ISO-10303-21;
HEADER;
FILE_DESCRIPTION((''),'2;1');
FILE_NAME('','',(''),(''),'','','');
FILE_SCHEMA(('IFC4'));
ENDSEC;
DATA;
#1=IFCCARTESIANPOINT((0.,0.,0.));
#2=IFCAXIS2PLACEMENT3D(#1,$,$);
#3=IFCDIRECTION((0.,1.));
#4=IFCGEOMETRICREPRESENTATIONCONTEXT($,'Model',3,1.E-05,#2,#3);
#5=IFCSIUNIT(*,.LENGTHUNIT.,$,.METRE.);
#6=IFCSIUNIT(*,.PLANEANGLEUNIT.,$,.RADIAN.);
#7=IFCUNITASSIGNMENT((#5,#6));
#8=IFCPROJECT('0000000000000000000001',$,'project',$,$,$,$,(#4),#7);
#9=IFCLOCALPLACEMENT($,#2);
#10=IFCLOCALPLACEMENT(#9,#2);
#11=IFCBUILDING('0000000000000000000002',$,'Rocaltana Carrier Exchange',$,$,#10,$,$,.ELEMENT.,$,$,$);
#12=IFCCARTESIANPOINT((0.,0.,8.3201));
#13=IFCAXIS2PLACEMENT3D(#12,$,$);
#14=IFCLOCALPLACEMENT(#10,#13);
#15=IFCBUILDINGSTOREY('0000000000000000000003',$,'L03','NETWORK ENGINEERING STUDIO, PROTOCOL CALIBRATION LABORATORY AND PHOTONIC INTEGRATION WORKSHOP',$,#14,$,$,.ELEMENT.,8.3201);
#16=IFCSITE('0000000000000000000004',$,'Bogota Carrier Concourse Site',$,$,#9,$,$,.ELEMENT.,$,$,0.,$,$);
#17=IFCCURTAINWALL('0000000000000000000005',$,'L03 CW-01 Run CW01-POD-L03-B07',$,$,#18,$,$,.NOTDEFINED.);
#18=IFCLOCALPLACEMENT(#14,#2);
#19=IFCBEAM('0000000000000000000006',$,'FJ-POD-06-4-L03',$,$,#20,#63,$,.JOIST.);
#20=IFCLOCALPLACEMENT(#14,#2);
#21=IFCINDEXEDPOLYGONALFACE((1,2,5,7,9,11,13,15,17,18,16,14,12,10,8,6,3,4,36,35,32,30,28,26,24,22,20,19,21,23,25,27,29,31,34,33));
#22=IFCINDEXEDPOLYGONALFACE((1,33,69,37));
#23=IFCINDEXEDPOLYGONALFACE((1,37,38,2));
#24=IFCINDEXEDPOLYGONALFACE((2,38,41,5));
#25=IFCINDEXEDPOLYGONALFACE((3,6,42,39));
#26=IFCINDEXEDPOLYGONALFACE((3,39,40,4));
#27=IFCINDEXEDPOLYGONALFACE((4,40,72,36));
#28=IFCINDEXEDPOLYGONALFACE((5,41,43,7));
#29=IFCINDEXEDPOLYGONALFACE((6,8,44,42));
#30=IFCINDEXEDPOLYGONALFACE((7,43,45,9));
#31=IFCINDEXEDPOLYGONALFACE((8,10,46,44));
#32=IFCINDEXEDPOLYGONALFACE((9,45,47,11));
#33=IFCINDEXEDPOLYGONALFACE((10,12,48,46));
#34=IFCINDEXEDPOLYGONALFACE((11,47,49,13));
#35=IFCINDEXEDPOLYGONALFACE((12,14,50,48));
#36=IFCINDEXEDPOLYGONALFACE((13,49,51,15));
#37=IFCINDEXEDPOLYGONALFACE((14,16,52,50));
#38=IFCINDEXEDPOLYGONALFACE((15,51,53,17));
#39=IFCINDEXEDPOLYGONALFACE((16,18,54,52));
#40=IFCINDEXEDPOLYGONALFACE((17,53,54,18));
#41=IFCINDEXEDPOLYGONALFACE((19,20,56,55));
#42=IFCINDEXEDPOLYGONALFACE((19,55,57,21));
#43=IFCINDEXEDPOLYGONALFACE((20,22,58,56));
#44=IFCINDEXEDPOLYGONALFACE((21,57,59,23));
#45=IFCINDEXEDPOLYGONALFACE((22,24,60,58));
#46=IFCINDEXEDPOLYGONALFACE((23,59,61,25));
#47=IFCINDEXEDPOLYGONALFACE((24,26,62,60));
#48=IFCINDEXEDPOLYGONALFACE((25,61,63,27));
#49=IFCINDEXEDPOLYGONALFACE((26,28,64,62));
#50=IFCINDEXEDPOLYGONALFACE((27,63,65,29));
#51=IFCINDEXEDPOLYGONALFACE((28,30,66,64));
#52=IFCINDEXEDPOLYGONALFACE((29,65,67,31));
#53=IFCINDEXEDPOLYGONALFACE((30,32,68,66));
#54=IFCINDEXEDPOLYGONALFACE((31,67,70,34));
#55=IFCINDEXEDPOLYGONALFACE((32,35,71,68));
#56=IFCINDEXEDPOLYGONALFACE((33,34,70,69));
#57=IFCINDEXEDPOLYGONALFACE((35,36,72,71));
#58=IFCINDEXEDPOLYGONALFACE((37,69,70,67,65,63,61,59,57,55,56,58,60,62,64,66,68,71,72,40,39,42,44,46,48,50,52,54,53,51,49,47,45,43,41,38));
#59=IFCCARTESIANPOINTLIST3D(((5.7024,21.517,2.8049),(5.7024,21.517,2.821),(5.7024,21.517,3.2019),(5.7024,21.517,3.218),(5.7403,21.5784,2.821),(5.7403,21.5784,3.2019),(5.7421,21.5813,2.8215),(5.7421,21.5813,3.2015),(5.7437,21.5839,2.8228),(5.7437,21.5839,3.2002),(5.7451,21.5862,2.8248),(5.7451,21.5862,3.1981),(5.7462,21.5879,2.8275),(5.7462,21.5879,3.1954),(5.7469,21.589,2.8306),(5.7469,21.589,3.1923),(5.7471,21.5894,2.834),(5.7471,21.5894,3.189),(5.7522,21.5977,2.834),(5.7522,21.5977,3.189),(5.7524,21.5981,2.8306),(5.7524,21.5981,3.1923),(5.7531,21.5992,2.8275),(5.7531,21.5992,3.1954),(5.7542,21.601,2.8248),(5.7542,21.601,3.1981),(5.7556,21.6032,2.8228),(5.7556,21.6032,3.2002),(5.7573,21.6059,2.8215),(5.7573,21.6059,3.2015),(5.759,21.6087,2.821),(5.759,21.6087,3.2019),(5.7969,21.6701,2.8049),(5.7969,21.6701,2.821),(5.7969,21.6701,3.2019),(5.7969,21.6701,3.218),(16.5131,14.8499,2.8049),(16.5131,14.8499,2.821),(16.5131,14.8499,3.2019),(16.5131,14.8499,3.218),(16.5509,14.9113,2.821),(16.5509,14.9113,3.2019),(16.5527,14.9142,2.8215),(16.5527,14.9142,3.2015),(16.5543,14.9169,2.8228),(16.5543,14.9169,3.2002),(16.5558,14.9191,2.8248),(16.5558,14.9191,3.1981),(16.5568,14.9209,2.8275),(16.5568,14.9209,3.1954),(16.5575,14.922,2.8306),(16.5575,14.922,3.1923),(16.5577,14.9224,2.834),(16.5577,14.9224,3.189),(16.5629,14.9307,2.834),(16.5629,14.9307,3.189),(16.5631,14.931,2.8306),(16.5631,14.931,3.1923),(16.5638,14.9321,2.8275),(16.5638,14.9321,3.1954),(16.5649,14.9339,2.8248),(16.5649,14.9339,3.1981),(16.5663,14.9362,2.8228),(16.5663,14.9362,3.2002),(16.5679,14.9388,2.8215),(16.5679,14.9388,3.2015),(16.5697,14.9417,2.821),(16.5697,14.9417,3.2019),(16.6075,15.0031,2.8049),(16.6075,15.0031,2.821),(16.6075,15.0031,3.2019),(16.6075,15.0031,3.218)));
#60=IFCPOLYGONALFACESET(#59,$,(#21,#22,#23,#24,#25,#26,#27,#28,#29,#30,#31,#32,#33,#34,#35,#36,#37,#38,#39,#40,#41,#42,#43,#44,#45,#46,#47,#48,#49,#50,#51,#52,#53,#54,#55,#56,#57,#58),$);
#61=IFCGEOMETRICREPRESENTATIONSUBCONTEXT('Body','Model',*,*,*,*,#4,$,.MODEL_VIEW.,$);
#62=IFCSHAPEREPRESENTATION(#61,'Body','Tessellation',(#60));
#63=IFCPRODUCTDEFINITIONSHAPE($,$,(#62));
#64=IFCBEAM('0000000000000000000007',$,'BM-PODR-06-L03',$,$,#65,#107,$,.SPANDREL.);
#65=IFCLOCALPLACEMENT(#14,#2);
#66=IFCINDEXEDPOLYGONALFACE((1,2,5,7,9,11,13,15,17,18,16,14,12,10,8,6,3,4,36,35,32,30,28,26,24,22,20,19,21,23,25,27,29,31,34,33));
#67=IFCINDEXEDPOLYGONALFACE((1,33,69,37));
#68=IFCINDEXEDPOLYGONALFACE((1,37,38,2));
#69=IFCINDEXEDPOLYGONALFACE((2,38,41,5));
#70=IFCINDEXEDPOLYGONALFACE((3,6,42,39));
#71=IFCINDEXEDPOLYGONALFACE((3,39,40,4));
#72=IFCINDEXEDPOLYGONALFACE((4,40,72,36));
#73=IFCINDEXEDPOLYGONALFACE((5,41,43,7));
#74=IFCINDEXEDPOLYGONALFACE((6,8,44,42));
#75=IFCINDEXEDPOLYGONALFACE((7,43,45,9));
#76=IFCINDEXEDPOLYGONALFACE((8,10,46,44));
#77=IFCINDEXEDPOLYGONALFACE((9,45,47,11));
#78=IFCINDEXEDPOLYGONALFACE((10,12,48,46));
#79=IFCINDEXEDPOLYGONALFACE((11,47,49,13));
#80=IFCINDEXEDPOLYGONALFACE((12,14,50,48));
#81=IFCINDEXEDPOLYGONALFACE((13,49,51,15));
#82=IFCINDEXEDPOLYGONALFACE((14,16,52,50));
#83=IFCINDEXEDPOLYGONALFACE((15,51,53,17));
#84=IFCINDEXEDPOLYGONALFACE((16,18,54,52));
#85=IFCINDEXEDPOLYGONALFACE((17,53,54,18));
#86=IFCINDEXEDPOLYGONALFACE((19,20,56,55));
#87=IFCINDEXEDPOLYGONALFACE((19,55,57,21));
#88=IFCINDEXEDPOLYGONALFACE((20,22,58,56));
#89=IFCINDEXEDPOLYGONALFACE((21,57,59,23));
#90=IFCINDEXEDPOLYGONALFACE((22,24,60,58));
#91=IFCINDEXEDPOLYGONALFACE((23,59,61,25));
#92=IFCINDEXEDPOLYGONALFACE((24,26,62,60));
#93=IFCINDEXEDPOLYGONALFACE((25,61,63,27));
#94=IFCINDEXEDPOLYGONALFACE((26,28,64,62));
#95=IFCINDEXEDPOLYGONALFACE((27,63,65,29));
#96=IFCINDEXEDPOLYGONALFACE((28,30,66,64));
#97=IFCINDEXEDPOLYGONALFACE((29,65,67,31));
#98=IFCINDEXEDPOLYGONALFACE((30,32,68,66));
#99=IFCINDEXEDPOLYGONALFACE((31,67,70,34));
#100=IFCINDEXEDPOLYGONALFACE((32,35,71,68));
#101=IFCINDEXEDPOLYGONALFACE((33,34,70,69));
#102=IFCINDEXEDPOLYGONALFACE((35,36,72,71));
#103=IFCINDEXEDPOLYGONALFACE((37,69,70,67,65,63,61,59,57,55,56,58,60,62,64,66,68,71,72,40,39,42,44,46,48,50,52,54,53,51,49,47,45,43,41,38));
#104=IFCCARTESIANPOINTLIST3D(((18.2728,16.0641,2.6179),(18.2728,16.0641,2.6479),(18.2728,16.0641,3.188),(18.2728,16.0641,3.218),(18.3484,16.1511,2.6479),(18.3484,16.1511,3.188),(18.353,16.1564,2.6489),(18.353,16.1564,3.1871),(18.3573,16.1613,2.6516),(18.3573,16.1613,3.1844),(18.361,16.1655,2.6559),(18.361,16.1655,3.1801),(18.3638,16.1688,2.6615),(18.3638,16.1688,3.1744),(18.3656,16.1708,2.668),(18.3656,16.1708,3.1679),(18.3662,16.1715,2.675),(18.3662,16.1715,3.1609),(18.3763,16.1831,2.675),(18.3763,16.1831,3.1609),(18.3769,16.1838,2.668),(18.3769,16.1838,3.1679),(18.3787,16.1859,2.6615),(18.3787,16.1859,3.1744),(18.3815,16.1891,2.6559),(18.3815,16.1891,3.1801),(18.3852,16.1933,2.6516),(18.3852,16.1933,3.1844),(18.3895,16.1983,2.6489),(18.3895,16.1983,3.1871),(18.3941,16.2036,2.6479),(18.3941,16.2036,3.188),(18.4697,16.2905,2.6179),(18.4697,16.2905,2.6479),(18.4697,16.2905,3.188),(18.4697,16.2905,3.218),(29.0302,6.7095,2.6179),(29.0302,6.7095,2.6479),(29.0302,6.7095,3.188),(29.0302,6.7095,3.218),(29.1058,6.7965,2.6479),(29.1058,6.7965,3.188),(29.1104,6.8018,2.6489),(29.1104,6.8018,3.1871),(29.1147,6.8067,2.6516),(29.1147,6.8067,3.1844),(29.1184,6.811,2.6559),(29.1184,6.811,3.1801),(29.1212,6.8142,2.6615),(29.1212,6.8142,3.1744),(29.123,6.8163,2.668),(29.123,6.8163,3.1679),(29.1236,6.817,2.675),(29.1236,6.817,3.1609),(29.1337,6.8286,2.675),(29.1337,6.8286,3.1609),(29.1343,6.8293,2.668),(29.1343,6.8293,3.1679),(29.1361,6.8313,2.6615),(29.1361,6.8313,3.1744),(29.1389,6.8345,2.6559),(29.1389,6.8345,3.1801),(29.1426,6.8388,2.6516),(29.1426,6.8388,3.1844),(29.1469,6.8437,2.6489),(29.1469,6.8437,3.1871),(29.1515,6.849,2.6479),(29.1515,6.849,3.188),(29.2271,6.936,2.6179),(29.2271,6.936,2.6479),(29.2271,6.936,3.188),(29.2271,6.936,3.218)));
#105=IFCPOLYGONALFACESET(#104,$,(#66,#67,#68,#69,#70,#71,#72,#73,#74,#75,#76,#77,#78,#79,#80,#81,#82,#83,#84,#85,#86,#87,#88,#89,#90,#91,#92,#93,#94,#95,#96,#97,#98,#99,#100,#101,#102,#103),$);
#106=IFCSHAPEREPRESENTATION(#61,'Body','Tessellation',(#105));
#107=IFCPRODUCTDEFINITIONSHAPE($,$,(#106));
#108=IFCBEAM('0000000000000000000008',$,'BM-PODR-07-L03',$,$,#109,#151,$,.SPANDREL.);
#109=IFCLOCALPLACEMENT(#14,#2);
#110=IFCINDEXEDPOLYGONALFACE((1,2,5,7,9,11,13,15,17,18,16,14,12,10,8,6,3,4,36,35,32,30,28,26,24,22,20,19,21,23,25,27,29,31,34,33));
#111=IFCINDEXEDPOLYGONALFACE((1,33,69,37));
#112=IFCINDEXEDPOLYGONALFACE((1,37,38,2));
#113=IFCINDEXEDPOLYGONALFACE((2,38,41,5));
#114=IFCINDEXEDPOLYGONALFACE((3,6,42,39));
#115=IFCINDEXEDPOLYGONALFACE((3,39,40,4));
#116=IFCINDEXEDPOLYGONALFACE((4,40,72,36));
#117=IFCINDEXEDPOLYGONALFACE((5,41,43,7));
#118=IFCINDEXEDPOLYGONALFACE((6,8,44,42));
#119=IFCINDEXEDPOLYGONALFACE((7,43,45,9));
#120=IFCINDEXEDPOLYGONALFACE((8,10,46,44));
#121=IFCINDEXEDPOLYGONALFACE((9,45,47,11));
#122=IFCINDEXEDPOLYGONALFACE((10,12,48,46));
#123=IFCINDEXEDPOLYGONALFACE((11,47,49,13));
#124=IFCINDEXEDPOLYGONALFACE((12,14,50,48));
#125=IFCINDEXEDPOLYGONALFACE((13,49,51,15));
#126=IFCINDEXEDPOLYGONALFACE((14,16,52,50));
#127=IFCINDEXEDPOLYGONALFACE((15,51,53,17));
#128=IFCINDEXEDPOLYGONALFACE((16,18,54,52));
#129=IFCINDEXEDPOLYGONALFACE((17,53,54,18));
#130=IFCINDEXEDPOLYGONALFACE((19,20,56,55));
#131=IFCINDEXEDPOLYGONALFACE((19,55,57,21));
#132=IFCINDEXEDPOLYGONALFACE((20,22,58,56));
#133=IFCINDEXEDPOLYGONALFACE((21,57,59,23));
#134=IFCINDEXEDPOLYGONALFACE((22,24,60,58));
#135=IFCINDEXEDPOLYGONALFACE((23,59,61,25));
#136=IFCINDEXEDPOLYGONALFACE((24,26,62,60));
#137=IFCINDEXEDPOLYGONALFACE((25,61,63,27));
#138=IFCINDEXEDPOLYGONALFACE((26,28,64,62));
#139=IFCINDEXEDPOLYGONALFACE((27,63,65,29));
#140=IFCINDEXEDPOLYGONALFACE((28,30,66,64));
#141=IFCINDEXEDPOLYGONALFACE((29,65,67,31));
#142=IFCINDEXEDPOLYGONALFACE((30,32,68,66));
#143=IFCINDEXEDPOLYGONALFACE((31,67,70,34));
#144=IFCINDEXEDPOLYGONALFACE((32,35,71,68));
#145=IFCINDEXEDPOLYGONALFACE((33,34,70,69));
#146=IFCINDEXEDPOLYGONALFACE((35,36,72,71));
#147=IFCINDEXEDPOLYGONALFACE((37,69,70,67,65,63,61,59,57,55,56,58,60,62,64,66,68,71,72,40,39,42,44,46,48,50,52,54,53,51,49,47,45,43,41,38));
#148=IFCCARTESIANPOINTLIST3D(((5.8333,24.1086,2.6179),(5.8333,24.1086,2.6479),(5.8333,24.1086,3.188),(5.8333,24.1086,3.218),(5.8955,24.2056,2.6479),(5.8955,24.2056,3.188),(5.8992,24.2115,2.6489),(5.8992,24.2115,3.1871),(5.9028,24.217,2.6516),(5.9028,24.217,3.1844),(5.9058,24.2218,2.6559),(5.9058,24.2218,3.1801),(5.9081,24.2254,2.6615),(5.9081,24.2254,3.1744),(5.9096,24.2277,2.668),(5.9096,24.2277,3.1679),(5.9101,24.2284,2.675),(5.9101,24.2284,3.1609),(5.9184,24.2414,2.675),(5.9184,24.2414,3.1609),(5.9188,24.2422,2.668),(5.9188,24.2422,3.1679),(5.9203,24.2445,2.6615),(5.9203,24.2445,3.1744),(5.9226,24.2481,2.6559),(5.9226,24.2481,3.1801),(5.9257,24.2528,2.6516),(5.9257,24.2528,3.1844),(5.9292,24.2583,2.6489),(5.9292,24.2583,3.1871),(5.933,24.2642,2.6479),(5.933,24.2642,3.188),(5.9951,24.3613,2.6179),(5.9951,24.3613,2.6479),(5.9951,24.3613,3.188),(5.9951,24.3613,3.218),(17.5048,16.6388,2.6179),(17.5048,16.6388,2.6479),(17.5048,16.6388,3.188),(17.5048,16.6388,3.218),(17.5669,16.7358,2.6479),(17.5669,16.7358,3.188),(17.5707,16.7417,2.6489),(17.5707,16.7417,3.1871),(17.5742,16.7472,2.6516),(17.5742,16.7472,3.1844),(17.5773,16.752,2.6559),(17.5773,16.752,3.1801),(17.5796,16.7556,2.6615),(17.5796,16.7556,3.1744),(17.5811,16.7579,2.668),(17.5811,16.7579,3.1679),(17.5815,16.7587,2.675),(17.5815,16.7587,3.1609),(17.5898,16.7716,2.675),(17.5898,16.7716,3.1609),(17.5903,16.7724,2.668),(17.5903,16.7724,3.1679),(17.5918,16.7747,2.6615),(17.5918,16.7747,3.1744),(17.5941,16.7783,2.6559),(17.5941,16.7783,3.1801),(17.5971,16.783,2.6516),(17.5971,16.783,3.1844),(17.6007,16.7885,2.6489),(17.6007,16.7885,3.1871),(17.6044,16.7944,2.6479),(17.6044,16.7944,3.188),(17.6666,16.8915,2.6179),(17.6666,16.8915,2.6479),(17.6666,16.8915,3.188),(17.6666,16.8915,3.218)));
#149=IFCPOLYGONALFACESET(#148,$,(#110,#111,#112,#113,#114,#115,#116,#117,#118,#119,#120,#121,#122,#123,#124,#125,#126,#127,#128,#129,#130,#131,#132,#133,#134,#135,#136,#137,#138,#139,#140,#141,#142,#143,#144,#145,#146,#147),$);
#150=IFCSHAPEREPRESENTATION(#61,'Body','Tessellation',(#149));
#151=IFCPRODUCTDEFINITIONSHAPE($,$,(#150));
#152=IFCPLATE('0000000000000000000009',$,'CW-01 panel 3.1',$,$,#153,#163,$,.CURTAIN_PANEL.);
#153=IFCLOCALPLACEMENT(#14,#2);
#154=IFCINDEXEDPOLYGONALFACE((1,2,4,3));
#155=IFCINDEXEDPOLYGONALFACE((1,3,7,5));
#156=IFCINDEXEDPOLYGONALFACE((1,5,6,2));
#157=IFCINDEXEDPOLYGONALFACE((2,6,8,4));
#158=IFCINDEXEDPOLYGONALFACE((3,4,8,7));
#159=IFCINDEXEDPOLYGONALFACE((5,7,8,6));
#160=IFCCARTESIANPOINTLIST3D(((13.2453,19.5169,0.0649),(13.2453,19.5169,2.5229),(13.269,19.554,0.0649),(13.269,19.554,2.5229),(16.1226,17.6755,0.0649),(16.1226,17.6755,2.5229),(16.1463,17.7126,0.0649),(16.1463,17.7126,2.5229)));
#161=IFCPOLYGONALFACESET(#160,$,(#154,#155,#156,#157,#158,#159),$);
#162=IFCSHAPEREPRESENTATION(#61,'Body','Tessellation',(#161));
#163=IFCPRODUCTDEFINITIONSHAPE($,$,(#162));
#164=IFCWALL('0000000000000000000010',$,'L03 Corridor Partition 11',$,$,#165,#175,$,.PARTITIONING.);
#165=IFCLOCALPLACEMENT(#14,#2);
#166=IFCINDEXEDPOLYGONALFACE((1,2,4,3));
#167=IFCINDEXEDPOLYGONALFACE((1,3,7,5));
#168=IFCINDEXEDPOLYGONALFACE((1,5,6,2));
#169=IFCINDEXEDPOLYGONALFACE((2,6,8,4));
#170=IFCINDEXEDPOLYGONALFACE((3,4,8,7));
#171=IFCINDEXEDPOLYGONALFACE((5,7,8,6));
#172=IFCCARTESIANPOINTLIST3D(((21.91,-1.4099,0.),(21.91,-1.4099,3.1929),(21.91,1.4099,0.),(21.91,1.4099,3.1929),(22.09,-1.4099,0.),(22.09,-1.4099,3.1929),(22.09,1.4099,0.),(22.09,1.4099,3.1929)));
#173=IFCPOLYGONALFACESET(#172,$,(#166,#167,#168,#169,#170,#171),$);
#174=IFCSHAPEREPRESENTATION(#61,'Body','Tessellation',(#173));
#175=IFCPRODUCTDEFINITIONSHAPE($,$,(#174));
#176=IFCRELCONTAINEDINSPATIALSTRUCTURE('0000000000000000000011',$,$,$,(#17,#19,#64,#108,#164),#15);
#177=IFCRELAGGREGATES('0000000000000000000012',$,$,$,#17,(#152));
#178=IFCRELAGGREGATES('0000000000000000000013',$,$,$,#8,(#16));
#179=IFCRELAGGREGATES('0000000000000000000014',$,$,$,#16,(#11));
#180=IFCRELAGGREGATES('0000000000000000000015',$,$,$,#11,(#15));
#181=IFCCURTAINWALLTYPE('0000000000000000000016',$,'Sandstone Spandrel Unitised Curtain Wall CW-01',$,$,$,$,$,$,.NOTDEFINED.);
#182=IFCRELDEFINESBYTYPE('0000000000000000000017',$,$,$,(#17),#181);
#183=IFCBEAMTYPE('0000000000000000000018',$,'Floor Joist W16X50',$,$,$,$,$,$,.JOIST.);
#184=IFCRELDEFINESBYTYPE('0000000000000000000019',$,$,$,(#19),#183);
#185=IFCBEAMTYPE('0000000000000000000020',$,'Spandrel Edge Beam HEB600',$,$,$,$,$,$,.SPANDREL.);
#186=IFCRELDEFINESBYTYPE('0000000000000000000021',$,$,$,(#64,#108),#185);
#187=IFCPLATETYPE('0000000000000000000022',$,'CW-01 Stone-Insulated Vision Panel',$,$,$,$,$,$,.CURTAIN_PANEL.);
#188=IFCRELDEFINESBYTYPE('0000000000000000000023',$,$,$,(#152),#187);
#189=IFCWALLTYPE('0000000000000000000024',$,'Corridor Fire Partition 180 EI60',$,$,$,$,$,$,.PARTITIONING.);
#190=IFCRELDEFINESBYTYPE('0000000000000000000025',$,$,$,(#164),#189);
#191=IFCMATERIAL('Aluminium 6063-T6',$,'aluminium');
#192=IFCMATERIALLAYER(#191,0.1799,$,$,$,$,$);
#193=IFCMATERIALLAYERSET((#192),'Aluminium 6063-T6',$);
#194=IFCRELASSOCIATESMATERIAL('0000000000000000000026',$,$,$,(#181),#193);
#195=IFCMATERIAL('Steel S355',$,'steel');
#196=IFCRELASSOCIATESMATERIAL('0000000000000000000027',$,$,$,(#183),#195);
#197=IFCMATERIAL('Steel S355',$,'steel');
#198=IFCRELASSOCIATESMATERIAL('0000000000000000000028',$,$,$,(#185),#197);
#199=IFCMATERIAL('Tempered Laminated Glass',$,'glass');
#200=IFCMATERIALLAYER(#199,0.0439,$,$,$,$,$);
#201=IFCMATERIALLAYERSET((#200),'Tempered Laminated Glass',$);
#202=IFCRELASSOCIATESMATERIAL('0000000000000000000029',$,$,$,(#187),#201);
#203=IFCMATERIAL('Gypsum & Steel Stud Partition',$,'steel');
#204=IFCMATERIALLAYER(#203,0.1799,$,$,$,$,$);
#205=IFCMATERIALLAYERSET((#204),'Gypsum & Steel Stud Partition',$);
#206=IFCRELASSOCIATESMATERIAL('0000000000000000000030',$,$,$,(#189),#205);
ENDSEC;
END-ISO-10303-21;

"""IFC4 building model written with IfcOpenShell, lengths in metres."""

from ifc_helpers import new_model, si_unit, direction, frame, frame_2d, origin, origin_2d, place, context, subcontext, project, spatial, rectangle, i_section, extrude, material, layer, layer_set, material_profile, profile_set, type_object, element, aggregate, save


model = new_model("IFC4")

# Units and contexts
model_context = context("Model", 3, precision=1e-05, world=origin(), true_north=direction((0.0, 1.0)))
body_context = subcontext(model_context, "Body", "Model", "MODEL_VIEW")
ifc_project = project(units=[si_unit("LENGTHUNIT", "METRE"), si_unit("PLANEANGLEUNIT", "RADIAN")], contexts=[model_context])

# Site, building, storey
site_placement = place(None, origin())
site = spatial("IfcSite", under=ifc_project, at=site_placement, Name="Bogota Carrier Concourse Site", CompositionType="ELEMENT", RefElevation=0.0)
building_placement = place(site_placement, origin())
building = spatial("IfcBuilding", under=site, at=building_placement, Name="Rocaltana Carrier Exchange", CompositionType="ELEMENT")
storey_placement = place(building_placement, frame((0.0, 0.0, 8.3201)))
storey = spatial("IfcBuildingStorey", under=building, at=storey_placement, Name="L03", Description="NETWORK ENGINEERING STUDIO, PROTOCOL CALIBRATION LABORATORY AND PHOTONIC INTEGRATION WORKSHOP", CompositionType="ELEMENT", Elevation=8.3201)

# Curtain wall
ifc_material_1 = material(Name="Aluminium 6063-T6", Category="aluminium")
ifc_layer_1 = layer(ifc_material_1, 0.1799)
ifc_layer_set_1 = layer_set([ifc_layer_1], Name="Aluminium 6063-T6")
curtain_wall_type = type_object("IfcCurtainWallType", Name="Sandstone Spandrel Unitised Curtain Wall CW-01", PredefinedType="NOTDEFINED", material=ifc_layer_set_1)
curtain_wall_placement = place(storey_placement, origin())
curtain_wall = element("IfcCurtainWall", 1, at=curtain_wall_placement, inside=storey, type_object=curtain_wall_type, Name="L03 CW-01 Run CW01-POD-L03-B07", PredefinedType="NOTDEFINED")

# Beams
ifc_material_2 = material(Name="Steel S355", Category="steel")
ifc_material_profile_1 = material_profile(ifc_material_2, i_section(OverallWidth=0.1799, OverallDepth=0.4131, WebThickness=0.0098, FlangeThickness=0.0161, FilletRadius=0.0129, at=origin_2d()), Name="W16X50")
ifc_profile_set_1 = profile_set([ifc_material_profile_1], Name="Steel S355")
beam_type_1 = type_object("IfcBeamType", Name="Floor Joist W16X50", PredefinedType="JOIST", material=ifc_profile_set_1)
beam_1_placement = place(storey_placement, frame((16.5603, 14.9265, 3.0115), z_axis=(-0.851154, 0.524917, 0.0), x_axis=(-0.524917, -0.851154, 0.0)))
element("IfcBeam", 2, at=beam_1_placement, inside=storey, type_object=beam_type_1, Name="FJ-POD-06-4-L03", PredefinedType="JOIST", context=body_context, shape_type="SweptSolid", body=[
    extrude(i_section(OverallWidth=0.1799, OverallDepth=0.4131, WebThickness=0.0098, FlangeThickness=0.0161, FilletRadius=0.0129, at=origin_2d()), origin(), (0.0, 0.0, 1.0), 12.7012),
])
ifc_material_3 = material(Name="Steel S355", Category="steel")
ifc_material_profile_2 = material_profile(ifc_material_3, i_section(OverallWidth=0.3, OverallDepth=0.6001, WebThickness=0.0154, FlangeThickness=0.03, FilletRadius=0.0271, at=origin_2d()), Name="HEB600")
ifc_profile_set_2 = profile_set([ifc_material_profile_2], Name="Steel S355")
beam_type_2 = type_object("IfcBeamType", Name="Spandrel Edge Beam HEB600", PredefinedType="SPANDREL", material=ifc_profile_set_2)
beam_2_placement = place(storey_placement, frame((29.1287, 6.8228, 2.918), z_axis=(-0.754595, 0.656191, 0.0), x_axis=(-0.656191, -0.754595, 0.0)))
element("IfcBeam", 3, at=beam_2_placement, inside=storey, type_object=beam_type_2, Name="BM-PODR-06-L03", PredefinedType="SPANDREL", context=body_context, shape_type="SweptSolid", body=[
    extrude(i_section(OverallWidth=0.3, OverallDepth=0.6001, WebThickness=0.0154, FlangeThickness=0.03, FilletRadius=0.0271, at=origin_2d()), origin(), (0.0, 0.0, 1.0), 14.2559),
])
beam_3_placement = place(storey_placement, frame((17.5857, 16.7651, 2.918), z_axis=(-0.84227, 0.539056, 0.0), x_axis=(-0.539056, -0.84227, 0.0)))
element("IfcBeam", 4, at=beam_3_placement, inside=storey, type_object=beam_type_2, Name="BM-PODR-07-L03", PredefinedType="SPANDREL", context=body_context, shape_type="SweptSolid", body=[
    extrude(i_section(OverallWidth=0.3, OverallDepth=0.6001, WebThickness=0.0154, FlangeThickness=0.03, FilletRadius=0.0271, at=origin_2d()), origin(), (0.0, 0.0, 1.0), 13.8572),
])

# Plate
ifc_material_4 = material(Name="Tempered Laminated Glass", Category="glass")
ifc_layer_2 = layer(ifc_material_4, 0.0439)
ifc_layer_set_2 = layer_set([ifc_layer_2], Name="Tempered Laminated Glass")
plate_type = type_object("IfcPlateType", Name="CW-01 Stone-Insulated Vision Panel", PredefinedType="CURTAIN_PANEL", material=ifc_layer_set_2)
plate_placement = place(storey_placement, frame((14.6958, 18.6147, 0.0649), z_axis=(0.0, 0.0, 1.0), x_axis=(0.842273, -0.53905, 0.0)))
plate = element("IfcPlate", 5, at=plate_placement, type_object=plate_type, Name="CW-01 panel 3.1", PredefinedType="CURTAIN_PANEL", context=body_context, shape_type="SweptSolid", body=[
    extrude(rectangle(XDim=3.416, YDim=0.0439, at=origin_2d()), origin(), (0.0, 0.0, 1.0), 2.458),
])
aggregate(curtain_wall, [plate])

# Wall
ifc_material_5 = material(Name="Gypsum & Steel Stud Partition", Category="steel")
ifc_layer_3 = layer(ifc_material_5, 0.1799)
ifc_layer_set_3 = layer_set([ifc_layer_3], Name="Gypsum & Steel Stud Partition")
wall_type_1 = type_object("IfcWallType", Name="Corridor Fire Partition 180 EI60", PredefinedType="PARTITIONING", material=ifc_layer_set_3)
wall_1_placement = place(storey_placement, frame((22.0, 1.4099, 0.0), z_axis=(0.0, 0.0, 1.0), x_axis=(0.0, -1.0, 0.0)))
element("IfcWall", 6, at=wall_1_placement, inside=storey, type_object=wall_type_1, Name="L03 Corridor Partition 11", PredefinedType="PARTITIONING", context=body_context, shape_type="SweptSolid", body=[
    extrude(rectangle(XDim=2.8198, YDim=0.1799, at=frame_2d((1.4099, 0.0))), origin(), (0.0, 0.0, 1.0), 3.1929),
])

save(model, "model.ifc")
